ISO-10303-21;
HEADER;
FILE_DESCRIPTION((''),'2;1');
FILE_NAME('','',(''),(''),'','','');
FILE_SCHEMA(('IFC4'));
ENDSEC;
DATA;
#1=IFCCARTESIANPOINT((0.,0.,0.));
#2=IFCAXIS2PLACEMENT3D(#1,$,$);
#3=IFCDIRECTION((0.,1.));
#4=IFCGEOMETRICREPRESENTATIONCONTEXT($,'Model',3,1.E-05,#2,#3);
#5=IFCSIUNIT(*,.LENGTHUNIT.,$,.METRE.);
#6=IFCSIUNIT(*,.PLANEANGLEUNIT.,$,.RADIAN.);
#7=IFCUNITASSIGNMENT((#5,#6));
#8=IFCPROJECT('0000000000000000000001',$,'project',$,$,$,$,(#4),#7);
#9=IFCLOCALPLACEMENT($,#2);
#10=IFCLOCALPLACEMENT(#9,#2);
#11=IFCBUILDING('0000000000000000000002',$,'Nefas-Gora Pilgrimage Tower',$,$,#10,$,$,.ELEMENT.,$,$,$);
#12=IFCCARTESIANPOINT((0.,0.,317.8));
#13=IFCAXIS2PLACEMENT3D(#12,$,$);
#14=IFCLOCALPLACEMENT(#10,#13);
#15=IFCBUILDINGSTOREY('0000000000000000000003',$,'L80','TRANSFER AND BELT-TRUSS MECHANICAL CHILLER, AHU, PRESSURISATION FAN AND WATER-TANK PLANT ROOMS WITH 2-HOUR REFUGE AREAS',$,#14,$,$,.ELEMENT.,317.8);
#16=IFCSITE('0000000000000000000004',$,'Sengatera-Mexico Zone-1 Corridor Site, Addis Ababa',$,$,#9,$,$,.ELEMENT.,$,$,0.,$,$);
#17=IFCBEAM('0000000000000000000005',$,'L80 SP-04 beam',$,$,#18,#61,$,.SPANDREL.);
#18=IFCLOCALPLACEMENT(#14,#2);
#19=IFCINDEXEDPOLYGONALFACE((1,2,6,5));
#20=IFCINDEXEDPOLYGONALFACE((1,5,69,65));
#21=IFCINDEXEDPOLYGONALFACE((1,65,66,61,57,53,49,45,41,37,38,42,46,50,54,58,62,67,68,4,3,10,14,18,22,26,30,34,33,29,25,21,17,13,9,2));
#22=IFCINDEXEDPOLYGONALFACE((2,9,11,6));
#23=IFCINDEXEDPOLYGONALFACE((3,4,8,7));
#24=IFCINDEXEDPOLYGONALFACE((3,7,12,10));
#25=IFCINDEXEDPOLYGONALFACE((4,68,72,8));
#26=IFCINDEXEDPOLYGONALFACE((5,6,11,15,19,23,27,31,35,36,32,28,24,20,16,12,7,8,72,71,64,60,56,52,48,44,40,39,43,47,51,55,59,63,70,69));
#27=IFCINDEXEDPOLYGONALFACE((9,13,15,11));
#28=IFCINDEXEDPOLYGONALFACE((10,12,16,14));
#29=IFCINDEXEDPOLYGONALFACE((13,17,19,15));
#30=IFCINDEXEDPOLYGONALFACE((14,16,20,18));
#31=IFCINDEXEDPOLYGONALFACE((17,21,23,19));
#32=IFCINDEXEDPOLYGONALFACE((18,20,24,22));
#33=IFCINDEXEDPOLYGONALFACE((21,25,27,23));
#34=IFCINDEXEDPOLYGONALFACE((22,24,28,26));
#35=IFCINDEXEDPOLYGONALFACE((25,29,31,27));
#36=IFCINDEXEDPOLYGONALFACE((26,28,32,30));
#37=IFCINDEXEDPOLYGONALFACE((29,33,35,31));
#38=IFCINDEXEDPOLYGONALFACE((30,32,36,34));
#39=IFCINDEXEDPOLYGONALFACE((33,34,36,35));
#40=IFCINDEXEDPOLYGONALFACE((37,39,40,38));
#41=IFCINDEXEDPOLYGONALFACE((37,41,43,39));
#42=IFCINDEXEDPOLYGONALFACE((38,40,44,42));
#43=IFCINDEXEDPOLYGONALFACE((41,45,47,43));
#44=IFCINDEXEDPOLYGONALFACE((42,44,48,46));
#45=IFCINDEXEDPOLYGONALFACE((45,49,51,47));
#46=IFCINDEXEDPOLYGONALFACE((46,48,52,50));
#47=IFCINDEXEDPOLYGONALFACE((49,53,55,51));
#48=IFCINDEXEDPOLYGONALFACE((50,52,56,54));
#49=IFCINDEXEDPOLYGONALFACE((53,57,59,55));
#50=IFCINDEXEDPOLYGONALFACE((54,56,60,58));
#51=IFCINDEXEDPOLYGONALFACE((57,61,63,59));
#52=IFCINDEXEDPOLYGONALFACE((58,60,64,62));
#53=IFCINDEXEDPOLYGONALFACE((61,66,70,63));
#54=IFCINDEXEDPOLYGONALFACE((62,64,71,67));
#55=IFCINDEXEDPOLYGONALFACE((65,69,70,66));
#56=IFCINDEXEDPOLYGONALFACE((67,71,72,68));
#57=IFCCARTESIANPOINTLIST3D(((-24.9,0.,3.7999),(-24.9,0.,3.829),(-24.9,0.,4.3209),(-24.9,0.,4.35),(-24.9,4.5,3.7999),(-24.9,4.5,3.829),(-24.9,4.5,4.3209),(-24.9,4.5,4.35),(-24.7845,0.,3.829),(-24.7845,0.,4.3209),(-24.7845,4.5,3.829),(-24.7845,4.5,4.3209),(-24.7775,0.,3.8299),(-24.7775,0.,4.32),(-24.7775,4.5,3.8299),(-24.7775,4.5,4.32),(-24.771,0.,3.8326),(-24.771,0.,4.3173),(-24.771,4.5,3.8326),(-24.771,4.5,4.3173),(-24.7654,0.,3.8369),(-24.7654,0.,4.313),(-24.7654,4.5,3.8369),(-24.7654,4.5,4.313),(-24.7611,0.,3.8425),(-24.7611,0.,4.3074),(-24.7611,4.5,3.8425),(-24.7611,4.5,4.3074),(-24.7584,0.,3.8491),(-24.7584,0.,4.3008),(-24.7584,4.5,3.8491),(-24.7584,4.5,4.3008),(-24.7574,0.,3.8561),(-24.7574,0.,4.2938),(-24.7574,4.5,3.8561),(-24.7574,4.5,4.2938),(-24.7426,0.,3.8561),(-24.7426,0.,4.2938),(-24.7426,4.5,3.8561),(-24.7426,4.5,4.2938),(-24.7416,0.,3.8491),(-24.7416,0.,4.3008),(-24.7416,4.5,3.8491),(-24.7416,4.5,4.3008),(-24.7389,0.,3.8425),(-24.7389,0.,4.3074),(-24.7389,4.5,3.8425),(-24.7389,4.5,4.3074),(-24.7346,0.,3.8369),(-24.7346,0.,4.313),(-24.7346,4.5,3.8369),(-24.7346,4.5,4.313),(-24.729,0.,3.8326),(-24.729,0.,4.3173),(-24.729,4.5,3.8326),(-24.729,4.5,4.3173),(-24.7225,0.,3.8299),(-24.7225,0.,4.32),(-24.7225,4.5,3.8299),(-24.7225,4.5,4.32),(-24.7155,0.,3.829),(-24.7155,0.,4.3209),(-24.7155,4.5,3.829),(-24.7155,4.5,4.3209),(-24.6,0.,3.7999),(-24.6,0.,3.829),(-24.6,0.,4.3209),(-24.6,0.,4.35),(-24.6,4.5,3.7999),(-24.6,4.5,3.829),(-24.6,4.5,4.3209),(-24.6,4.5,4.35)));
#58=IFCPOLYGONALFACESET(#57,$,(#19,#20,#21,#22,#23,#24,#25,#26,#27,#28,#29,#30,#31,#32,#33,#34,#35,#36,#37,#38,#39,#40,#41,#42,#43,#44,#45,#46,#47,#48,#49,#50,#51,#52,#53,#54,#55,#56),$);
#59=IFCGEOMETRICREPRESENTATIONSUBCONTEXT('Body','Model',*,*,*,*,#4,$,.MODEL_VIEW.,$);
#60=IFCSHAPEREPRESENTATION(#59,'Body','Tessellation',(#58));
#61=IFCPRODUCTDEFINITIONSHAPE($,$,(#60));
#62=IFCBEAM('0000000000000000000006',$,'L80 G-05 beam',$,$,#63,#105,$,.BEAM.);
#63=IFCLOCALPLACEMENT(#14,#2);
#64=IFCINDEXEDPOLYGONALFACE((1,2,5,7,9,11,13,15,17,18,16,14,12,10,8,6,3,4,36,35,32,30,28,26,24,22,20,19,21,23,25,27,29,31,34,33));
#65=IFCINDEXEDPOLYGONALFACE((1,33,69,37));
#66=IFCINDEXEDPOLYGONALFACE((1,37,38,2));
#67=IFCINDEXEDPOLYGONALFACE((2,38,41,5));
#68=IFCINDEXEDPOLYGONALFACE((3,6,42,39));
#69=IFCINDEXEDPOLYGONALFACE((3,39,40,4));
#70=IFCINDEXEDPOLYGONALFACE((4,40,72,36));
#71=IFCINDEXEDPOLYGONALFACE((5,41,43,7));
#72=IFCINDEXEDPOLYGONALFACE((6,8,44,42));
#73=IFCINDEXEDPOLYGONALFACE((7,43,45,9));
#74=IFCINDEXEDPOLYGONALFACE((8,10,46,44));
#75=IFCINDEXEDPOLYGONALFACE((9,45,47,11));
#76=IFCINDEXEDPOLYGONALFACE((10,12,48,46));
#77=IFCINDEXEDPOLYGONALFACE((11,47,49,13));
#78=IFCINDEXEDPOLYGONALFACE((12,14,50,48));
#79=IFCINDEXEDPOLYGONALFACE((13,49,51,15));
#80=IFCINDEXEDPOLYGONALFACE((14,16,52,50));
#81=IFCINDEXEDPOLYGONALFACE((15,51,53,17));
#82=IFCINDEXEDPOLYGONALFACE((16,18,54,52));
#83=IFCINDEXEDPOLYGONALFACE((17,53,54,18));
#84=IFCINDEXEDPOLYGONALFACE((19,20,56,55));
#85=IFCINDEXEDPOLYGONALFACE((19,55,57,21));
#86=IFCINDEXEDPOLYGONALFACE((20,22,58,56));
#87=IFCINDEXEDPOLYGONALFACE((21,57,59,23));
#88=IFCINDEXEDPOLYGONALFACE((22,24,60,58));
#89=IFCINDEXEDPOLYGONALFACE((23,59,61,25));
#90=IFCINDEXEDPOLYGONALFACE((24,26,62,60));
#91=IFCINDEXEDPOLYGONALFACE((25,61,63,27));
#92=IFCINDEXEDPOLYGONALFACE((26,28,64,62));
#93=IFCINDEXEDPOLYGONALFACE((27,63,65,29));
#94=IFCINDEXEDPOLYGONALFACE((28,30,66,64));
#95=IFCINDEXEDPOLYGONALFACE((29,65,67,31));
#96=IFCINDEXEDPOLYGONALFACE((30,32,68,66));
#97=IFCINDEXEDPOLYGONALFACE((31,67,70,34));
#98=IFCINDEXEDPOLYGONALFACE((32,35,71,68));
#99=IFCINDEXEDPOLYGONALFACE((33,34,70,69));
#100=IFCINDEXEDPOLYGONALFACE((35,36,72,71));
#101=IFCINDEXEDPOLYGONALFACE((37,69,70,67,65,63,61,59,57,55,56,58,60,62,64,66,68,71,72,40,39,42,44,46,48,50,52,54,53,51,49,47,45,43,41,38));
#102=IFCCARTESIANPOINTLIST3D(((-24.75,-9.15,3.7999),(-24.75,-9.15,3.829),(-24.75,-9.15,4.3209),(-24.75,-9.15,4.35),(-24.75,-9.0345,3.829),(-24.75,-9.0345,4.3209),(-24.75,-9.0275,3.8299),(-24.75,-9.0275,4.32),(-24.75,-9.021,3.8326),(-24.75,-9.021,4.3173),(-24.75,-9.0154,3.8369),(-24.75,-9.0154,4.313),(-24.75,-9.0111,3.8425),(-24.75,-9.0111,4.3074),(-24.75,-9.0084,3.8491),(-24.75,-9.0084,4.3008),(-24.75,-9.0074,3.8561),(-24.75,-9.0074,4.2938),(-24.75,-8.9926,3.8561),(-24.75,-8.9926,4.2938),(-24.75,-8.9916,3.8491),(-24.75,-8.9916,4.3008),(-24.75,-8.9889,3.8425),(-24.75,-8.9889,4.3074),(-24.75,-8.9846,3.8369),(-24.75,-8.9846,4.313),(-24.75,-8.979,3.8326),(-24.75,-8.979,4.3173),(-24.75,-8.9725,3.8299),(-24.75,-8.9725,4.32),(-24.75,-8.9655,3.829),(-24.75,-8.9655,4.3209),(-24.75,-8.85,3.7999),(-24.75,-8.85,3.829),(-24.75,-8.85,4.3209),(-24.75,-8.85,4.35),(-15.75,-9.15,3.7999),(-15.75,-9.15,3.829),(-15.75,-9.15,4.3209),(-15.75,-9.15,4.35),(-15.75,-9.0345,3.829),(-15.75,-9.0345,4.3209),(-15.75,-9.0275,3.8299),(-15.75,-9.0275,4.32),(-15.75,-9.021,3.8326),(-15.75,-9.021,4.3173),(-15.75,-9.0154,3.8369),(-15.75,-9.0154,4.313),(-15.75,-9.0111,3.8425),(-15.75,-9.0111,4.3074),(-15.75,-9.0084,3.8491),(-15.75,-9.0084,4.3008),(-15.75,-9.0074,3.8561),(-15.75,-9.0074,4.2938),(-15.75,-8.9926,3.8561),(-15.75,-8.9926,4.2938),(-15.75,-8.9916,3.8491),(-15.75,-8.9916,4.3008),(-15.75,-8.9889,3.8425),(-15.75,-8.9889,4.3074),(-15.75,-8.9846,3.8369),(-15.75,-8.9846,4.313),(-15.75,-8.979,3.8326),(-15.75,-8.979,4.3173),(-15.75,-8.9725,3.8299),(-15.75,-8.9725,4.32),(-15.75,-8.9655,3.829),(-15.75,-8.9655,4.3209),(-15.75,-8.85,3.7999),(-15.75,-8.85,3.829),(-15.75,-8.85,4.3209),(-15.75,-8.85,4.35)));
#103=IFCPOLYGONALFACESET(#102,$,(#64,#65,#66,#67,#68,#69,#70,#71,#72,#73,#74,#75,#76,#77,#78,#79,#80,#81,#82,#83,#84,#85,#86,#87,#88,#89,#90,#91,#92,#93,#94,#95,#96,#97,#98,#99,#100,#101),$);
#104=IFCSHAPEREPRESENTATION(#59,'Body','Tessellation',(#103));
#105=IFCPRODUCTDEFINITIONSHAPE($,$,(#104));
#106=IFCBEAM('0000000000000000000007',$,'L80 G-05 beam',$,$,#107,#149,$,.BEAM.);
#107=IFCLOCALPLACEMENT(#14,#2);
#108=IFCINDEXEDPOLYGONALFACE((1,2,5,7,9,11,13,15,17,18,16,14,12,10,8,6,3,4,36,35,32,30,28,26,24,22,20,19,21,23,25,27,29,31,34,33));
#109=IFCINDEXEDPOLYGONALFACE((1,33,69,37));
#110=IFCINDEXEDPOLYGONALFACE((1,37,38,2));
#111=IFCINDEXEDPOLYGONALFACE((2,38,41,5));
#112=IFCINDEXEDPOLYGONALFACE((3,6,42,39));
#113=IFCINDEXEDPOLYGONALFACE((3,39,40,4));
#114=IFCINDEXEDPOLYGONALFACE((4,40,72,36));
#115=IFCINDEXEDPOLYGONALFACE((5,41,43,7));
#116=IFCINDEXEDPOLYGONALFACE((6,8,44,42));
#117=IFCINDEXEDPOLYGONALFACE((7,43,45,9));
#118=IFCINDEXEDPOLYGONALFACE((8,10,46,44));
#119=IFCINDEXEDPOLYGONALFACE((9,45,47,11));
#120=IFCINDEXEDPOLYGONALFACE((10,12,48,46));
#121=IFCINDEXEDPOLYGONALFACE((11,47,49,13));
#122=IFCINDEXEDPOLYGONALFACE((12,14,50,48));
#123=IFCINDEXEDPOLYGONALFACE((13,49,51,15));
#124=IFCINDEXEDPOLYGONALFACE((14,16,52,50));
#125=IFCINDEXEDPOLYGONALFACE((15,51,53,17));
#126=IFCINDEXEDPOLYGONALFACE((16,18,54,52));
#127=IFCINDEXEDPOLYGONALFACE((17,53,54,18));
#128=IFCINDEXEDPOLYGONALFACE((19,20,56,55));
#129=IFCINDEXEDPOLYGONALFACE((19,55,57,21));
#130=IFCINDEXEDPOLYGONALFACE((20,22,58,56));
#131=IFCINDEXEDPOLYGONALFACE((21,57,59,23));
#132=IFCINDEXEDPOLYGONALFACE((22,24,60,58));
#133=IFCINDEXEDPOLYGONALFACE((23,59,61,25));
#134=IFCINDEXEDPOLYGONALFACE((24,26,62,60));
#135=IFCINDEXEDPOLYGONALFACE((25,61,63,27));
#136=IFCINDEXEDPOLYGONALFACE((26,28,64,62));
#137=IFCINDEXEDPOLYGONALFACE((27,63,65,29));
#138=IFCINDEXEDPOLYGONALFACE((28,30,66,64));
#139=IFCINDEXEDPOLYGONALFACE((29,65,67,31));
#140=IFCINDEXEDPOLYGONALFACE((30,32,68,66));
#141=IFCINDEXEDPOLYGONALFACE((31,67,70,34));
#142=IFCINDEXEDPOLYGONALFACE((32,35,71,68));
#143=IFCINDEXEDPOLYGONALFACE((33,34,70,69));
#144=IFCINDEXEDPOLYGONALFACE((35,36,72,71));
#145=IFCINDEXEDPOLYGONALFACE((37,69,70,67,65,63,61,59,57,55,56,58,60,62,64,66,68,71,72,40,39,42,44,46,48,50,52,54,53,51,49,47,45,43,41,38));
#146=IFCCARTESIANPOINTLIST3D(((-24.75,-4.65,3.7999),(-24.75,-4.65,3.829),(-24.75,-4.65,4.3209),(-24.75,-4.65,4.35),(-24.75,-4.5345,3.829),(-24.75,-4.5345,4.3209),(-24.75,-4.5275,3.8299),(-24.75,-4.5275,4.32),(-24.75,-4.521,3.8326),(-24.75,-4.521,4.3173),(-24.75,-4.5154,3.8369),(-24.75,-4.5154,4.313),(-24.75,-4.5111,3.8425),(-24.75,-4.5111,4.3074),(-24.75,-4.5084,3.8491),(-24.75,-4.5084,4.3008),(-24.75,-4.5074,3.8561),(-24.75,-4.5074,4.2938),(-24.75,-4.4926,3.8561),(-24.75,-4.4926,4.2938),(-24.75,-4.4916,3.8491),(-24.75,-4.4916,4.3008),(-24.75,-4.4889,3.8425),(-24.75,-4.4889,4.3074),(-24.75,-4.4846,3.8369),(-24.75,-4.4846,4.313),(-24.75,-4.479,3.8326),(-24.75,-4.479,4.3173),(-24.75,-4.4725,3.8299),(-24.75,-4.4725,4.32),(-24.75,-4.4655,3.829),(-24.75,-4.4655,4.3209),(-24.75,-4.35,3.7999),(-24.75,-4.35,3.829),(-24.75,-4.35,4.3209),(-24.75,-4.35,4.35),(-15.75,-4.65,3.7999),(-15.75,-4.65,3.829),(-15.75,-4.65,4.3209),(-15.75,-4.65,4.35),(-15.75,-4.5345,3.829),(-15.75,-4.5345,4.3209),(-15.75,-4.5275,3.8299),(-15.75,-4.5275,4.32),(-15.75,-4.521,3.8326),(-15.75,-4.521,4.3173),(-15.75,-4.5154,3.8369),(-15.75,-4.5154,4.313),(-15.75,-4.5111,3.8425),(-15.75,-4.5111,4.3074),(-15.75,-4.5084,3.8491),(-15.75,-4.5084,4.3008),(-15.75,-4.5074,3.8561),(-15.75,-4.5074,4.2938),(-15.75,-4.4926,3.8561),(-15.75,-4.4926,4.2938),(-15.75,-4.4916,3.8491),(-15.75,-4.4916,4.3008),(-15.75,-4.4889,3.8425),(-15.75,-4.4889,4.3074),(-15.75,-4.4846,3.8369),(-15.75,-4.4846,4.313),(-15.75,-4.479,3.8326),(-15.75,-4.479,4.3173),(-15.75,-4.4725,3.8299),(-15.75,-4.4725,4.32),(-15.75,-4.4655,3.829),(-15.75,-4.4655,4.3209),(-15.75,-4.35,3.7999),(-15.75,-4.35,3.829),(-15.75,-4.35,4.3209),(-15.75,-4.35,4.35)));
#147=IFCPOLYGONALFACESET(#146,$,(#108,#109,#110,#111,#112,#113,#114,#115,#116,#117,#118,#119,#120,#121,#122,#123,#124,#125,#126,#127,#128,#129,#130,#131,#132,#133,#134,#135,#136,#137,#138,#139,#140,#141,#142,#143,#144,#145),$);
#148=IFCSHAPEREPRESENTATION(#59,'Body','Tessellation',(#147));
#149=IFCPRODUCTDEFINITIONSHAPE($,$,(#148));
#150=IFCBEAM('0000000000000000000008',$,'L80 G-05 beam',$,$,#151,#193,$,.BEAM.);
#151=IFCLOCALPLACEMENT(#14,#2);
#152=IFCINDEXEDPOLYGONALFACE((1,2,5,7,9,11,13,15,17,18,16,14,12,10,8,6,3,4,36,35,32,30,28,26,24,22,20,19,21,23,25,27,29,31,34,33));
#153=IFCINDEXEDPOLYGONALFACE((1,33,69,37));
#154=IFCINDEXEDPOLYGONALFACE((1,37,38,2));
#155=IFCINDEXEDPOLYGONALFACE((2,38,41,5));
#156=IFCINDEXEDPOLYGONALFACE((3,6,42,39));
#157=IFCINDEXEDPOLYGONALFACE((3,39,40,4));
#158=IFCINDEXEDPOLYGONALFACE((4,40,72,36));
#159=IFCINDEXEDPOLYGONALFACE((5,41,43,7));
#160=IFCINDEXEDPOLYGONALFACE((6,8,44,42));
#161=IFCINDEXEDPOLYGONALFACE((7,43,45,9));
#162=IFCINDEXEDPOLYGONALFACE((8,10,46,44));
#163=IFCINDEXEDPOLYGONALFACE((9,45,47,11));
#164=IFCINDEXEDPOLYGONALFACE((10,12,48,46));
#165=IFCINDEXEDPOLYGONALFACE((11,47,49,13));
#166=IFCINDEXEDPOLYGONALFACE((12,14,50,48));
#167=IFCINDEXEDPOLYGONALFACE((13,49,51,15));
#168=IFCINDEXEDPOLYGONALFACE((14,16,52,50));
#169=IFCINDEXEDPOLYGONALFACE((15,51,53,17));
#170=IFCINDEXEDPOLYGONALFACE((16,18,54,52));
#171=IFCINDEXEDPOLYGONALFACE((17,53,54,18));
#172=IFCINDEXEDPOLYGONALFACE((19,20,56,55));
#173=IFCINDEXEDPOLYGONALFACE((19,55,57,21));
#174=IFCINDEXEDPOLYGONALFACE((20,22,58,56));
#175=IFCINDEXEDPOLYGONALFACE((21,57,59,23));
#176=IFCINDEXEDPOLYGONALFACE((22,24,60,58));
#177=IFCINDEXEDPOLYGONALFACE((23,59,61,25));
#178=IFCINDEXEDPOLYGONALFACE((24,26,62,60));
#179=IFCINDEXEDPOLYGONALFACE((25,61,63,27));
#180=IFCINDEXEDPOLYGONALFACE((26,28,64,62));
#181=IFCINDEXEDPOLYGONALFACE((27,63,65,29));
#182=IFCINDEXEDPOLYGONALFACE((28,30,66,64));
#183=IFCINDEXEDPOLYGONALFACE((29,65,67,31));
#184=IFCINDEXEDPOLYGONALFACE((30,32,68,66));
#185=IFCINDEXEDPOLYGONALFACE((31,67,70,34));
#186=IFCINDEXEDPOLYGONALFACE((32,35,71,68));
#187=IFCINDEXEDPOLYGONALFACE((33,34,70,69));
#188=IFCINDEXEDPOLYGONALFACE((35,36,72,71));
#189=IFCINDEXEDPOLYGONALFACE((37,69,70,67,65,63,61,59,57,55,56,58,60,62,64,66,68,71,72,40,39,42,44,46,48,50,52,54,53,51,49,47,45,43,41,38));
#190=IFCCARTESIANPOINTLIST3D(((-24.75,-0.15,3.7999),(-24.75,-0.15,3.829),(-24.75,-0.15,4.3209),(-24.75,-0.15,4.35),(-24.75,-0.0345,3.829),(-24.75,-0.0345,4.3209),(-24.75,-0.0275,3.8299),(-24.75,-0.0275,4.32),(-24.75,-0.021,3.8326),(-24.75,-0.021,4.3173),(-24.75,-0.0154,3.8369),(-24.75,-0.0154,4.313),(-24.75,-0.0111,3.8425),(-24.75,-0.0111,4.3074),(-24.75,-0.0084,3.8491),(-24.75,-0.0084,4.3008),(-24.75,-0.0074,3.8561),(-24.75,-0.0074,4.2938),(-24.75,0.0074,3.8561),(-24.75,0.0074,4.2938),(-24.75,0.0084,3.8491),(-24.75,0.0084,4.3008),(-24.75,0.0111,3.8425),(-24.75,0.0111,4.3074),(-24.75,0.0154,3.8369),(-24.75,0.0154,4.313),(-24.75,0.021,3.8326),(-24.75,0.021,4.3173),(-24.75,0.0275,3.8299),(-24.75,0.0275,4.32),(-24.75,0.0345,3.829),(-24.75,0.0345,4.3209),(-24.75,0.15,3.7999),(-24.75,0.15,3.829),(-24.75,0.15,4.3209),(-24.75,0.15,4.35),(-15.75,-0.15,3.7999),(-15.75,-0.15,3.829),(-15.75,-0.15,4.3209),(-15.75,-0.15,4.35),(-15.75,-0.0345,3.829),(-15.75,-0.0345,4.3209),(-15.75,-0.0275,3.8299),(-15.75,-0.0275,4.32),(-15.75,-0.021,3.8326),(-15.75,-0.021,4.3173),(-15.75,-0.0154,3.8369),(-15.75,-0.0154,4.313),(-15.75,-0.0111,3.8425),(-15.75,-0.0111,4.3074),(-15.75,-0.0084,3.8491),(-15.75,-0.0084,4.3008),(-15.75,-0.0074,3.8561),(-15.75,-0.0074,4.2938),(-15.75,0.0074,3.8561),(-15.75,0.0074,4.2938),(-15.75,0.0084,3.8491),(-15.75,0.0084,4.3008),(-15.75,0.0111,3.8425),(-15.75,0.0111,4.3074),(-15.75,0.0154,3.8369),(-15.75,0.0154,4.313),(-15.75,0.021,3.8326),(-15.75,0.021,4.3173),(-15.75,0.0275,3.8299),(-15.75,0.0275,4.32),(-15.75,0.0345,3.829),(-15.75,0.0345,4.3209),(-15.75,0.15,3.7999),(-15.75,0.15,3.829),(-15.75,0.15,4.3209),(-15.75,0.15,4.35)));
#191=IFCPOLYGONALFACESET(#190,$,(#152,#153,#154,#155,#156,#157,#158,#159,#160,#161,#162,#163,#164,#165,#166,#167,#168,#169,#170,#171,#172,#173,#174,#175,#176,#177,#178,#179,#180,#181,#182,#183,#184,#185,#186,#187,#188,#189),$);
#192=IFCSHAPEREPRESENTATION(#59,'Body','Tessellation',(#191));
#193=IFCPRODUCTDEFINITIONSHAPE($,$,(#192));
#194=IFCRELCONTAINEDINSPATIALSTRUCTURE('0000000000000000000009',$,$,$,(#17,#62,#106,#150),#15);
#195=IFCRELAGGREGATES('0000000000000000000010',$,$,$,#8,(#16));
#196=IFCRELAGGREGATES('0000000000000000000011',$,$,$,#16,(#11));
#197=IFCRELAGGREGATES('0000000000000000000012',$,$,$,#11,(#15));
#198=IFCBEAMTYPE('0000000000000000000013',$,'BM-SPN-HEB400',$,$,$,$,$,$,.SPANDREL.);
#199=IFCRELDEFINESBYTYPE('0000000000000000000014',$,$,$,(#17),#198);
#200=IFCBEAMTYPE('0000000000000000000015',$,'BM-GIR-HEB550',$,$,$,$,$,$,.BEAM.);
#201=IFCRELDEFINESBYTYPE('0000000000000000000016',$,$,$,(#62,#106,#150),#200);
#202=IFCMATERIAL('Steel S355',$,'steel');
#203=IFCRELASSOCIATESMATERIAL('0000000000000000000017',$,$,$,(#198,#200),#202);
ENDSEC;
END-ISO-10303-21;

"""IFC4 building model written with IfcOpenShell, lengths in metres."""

from ifc_helpers import new_model, si_unit, direction, frame, origin, origin_2d, place, context, subcontext, project, spatial, i_section, extrude, source, transform, mapped, material, material_profile, profile_set, type_object, element, save


model = new_model("IFC4")

# Units and contexts
model_context = context("Model", 3, precision=1e-05, world=origin(), true_north=direction((0.0, 1.0)))
body_context = subcontext(model_context, "Body", "Model", "MODEL_VIEW")
ifc_project = project(units=[si_unit("LENGTHUNIT", "METRE"), si_unit("PLANEANGLEUNIT", "RADIAN")], contexts=[model_context])

# Site, building, storey
site_placement = place(None, origin())
site = spatial("IfcSite", under=ifc_project, at=site_placement, Name="Sengatera-Mexico Zone-1 Corridor Site, Addis Ababa", CompositionType="ELEMENT", RefElevation=0.0)
building_placement = place(site_placement, origin())
building = spatial("IfcBuilding", under=site, at=building_placement, Name="Nefas-Gora Pilgrimage Tower", CompositionType="ELEMENT")
storey_placement = place(building_placement, frame((0.0, 0.0, 317.8)))
storey = spatial("IfcBuildingStorey", under=building, at=storey_placement, Name="L80", Description="TRANSFER AND BELT-TRUSS MECHANICAL CHILLER, AHU, PRESSURISATION FAN AND WATER-TANK PLANT ROOMS WITH 2-HOUR REFUGE AREAS", CompositionType="ELEMENT", Elevation=317.8)

# Shared definitions
ifc_material_1 = material(Name="Steel S355", Category="steel")

# Beams
ifc_material_profile_1 = material_profile(ifc_material_1, i_section(OverallWidth=0.3, OverallDepth=0.55, WebThickness=0.0149, FlangeThickness=0.0291, FilletRadius=0.0271, at=origin_2d()), Name="HEB 550")
ifc_profile_set_1 = profile_set([ifc_material_profile_1], Name="Steel S355")
beam_type_1 = type_object("IfcBeamType", Name="BM-SPN-HEB400", PredefinedType="SPANDREL", material=ifc_profile_set_1)
shared_shape_1 = source(origin(), body_context, "Body", "SweptSolid", [
    extrude(i_section(OverallWidth=0.3, OverallDepth=0.55, WebThickness=0.0149, FlangeThickness=0.0291, FilletRadius=0.0271, at=origin_2d()), origin(), (0.0, 0.0, 1.0), 4.5),
])
for number, where, z_axis, x_axis, name in (
    (1, (-24.75, 0.0, 4.075), (0.0, 1.0, 0.0), (-1.0, 0.0, 0.0), "L80 SP-04 beam"),
):
    element("IfcBeam", number, at=place(storey_placement, frame(where, z_axis=z_axis, x_axis=x_axis)), inside=storey, type_object=beam_type_1, Name=name, PredefinedType="SPANDREL", context=body_context, shape_type="MappedRepresentation", body=[
        mapped(shared_shape_1, transform((0.0, 0.0, 0.0), x_axis=(1.0, 0.0, 0.0), y_axis=(0.0, 1.0, 0.0), z_axis=(0.0, 0.0, 1.0), scale=1.0)),
    ])
ifc_material_profile_2 = material_profile(ifc_material_1, i_section(OverallWidth=0.3, OverallDepth=0.55, WebThickness=0.0149, FlangeThickness=0.0291, FilletRadius=0.0271, at=origin_2d()), Name="HEB 550")
ifc_profile_set_2 = profile_set([ifc_material_profile_2], Name="Steel S355")
beam_type_2 = type_object("IfcBeamType", Name="BM-GIR-HEB550", PredefinedType="BEAM", material=ifc_profile_set_2)
shared_shape_2 = source(origin(), body_context, "Body", "SweptSolid", [
    extrude(i_section(OverallWidth=0.3, OverallDepth=0.55, WebThickness=0.0149, FlangeThickness=0.0291, FilletRadius=0.0271, at=origin_2d()), origin(), (0.0, 0.0, 1.0), 9.0),
])
for number, where, z_axis, x_axis, name in (
    (2, (-24.75, -9.0, 4.075), (1.0, 0.0, 0.0), (0.0, 1.0, 0.0), "L80 G-05 beam"),
    (3, (-24.75, -4.5, 4.075), (1.0, 0.0, 0.0), (0.0, 1.0, 0.0), "L80 G-05 beam"),
    (4, (-24.75, 0.0, 4.075), (1.0, 0.0, 0.0), (0.0, 1.0, 0.0), "L80 G-05 beam"),
):
    element("IfcBeam", number, at=place(storey_placement, frame(where, z_axis=z_axis, x_axis=x_axis)), inside=storey, type_object=beam_type_2, Name=name, PredefinedType="BEAM", context=body_context, shape_type="MappedRepresentation", body=[
        mapped(shared_shape_2, transform((0.0, 0.0, 0.0), x_axis=(1.0, 0.0, 0.0), y_axis=(0.0, 1.0, 0.0), z_axis=(0.0, 0.0, 1.0), scale=1.0)),
    ])

save(model, "model.ifc")
